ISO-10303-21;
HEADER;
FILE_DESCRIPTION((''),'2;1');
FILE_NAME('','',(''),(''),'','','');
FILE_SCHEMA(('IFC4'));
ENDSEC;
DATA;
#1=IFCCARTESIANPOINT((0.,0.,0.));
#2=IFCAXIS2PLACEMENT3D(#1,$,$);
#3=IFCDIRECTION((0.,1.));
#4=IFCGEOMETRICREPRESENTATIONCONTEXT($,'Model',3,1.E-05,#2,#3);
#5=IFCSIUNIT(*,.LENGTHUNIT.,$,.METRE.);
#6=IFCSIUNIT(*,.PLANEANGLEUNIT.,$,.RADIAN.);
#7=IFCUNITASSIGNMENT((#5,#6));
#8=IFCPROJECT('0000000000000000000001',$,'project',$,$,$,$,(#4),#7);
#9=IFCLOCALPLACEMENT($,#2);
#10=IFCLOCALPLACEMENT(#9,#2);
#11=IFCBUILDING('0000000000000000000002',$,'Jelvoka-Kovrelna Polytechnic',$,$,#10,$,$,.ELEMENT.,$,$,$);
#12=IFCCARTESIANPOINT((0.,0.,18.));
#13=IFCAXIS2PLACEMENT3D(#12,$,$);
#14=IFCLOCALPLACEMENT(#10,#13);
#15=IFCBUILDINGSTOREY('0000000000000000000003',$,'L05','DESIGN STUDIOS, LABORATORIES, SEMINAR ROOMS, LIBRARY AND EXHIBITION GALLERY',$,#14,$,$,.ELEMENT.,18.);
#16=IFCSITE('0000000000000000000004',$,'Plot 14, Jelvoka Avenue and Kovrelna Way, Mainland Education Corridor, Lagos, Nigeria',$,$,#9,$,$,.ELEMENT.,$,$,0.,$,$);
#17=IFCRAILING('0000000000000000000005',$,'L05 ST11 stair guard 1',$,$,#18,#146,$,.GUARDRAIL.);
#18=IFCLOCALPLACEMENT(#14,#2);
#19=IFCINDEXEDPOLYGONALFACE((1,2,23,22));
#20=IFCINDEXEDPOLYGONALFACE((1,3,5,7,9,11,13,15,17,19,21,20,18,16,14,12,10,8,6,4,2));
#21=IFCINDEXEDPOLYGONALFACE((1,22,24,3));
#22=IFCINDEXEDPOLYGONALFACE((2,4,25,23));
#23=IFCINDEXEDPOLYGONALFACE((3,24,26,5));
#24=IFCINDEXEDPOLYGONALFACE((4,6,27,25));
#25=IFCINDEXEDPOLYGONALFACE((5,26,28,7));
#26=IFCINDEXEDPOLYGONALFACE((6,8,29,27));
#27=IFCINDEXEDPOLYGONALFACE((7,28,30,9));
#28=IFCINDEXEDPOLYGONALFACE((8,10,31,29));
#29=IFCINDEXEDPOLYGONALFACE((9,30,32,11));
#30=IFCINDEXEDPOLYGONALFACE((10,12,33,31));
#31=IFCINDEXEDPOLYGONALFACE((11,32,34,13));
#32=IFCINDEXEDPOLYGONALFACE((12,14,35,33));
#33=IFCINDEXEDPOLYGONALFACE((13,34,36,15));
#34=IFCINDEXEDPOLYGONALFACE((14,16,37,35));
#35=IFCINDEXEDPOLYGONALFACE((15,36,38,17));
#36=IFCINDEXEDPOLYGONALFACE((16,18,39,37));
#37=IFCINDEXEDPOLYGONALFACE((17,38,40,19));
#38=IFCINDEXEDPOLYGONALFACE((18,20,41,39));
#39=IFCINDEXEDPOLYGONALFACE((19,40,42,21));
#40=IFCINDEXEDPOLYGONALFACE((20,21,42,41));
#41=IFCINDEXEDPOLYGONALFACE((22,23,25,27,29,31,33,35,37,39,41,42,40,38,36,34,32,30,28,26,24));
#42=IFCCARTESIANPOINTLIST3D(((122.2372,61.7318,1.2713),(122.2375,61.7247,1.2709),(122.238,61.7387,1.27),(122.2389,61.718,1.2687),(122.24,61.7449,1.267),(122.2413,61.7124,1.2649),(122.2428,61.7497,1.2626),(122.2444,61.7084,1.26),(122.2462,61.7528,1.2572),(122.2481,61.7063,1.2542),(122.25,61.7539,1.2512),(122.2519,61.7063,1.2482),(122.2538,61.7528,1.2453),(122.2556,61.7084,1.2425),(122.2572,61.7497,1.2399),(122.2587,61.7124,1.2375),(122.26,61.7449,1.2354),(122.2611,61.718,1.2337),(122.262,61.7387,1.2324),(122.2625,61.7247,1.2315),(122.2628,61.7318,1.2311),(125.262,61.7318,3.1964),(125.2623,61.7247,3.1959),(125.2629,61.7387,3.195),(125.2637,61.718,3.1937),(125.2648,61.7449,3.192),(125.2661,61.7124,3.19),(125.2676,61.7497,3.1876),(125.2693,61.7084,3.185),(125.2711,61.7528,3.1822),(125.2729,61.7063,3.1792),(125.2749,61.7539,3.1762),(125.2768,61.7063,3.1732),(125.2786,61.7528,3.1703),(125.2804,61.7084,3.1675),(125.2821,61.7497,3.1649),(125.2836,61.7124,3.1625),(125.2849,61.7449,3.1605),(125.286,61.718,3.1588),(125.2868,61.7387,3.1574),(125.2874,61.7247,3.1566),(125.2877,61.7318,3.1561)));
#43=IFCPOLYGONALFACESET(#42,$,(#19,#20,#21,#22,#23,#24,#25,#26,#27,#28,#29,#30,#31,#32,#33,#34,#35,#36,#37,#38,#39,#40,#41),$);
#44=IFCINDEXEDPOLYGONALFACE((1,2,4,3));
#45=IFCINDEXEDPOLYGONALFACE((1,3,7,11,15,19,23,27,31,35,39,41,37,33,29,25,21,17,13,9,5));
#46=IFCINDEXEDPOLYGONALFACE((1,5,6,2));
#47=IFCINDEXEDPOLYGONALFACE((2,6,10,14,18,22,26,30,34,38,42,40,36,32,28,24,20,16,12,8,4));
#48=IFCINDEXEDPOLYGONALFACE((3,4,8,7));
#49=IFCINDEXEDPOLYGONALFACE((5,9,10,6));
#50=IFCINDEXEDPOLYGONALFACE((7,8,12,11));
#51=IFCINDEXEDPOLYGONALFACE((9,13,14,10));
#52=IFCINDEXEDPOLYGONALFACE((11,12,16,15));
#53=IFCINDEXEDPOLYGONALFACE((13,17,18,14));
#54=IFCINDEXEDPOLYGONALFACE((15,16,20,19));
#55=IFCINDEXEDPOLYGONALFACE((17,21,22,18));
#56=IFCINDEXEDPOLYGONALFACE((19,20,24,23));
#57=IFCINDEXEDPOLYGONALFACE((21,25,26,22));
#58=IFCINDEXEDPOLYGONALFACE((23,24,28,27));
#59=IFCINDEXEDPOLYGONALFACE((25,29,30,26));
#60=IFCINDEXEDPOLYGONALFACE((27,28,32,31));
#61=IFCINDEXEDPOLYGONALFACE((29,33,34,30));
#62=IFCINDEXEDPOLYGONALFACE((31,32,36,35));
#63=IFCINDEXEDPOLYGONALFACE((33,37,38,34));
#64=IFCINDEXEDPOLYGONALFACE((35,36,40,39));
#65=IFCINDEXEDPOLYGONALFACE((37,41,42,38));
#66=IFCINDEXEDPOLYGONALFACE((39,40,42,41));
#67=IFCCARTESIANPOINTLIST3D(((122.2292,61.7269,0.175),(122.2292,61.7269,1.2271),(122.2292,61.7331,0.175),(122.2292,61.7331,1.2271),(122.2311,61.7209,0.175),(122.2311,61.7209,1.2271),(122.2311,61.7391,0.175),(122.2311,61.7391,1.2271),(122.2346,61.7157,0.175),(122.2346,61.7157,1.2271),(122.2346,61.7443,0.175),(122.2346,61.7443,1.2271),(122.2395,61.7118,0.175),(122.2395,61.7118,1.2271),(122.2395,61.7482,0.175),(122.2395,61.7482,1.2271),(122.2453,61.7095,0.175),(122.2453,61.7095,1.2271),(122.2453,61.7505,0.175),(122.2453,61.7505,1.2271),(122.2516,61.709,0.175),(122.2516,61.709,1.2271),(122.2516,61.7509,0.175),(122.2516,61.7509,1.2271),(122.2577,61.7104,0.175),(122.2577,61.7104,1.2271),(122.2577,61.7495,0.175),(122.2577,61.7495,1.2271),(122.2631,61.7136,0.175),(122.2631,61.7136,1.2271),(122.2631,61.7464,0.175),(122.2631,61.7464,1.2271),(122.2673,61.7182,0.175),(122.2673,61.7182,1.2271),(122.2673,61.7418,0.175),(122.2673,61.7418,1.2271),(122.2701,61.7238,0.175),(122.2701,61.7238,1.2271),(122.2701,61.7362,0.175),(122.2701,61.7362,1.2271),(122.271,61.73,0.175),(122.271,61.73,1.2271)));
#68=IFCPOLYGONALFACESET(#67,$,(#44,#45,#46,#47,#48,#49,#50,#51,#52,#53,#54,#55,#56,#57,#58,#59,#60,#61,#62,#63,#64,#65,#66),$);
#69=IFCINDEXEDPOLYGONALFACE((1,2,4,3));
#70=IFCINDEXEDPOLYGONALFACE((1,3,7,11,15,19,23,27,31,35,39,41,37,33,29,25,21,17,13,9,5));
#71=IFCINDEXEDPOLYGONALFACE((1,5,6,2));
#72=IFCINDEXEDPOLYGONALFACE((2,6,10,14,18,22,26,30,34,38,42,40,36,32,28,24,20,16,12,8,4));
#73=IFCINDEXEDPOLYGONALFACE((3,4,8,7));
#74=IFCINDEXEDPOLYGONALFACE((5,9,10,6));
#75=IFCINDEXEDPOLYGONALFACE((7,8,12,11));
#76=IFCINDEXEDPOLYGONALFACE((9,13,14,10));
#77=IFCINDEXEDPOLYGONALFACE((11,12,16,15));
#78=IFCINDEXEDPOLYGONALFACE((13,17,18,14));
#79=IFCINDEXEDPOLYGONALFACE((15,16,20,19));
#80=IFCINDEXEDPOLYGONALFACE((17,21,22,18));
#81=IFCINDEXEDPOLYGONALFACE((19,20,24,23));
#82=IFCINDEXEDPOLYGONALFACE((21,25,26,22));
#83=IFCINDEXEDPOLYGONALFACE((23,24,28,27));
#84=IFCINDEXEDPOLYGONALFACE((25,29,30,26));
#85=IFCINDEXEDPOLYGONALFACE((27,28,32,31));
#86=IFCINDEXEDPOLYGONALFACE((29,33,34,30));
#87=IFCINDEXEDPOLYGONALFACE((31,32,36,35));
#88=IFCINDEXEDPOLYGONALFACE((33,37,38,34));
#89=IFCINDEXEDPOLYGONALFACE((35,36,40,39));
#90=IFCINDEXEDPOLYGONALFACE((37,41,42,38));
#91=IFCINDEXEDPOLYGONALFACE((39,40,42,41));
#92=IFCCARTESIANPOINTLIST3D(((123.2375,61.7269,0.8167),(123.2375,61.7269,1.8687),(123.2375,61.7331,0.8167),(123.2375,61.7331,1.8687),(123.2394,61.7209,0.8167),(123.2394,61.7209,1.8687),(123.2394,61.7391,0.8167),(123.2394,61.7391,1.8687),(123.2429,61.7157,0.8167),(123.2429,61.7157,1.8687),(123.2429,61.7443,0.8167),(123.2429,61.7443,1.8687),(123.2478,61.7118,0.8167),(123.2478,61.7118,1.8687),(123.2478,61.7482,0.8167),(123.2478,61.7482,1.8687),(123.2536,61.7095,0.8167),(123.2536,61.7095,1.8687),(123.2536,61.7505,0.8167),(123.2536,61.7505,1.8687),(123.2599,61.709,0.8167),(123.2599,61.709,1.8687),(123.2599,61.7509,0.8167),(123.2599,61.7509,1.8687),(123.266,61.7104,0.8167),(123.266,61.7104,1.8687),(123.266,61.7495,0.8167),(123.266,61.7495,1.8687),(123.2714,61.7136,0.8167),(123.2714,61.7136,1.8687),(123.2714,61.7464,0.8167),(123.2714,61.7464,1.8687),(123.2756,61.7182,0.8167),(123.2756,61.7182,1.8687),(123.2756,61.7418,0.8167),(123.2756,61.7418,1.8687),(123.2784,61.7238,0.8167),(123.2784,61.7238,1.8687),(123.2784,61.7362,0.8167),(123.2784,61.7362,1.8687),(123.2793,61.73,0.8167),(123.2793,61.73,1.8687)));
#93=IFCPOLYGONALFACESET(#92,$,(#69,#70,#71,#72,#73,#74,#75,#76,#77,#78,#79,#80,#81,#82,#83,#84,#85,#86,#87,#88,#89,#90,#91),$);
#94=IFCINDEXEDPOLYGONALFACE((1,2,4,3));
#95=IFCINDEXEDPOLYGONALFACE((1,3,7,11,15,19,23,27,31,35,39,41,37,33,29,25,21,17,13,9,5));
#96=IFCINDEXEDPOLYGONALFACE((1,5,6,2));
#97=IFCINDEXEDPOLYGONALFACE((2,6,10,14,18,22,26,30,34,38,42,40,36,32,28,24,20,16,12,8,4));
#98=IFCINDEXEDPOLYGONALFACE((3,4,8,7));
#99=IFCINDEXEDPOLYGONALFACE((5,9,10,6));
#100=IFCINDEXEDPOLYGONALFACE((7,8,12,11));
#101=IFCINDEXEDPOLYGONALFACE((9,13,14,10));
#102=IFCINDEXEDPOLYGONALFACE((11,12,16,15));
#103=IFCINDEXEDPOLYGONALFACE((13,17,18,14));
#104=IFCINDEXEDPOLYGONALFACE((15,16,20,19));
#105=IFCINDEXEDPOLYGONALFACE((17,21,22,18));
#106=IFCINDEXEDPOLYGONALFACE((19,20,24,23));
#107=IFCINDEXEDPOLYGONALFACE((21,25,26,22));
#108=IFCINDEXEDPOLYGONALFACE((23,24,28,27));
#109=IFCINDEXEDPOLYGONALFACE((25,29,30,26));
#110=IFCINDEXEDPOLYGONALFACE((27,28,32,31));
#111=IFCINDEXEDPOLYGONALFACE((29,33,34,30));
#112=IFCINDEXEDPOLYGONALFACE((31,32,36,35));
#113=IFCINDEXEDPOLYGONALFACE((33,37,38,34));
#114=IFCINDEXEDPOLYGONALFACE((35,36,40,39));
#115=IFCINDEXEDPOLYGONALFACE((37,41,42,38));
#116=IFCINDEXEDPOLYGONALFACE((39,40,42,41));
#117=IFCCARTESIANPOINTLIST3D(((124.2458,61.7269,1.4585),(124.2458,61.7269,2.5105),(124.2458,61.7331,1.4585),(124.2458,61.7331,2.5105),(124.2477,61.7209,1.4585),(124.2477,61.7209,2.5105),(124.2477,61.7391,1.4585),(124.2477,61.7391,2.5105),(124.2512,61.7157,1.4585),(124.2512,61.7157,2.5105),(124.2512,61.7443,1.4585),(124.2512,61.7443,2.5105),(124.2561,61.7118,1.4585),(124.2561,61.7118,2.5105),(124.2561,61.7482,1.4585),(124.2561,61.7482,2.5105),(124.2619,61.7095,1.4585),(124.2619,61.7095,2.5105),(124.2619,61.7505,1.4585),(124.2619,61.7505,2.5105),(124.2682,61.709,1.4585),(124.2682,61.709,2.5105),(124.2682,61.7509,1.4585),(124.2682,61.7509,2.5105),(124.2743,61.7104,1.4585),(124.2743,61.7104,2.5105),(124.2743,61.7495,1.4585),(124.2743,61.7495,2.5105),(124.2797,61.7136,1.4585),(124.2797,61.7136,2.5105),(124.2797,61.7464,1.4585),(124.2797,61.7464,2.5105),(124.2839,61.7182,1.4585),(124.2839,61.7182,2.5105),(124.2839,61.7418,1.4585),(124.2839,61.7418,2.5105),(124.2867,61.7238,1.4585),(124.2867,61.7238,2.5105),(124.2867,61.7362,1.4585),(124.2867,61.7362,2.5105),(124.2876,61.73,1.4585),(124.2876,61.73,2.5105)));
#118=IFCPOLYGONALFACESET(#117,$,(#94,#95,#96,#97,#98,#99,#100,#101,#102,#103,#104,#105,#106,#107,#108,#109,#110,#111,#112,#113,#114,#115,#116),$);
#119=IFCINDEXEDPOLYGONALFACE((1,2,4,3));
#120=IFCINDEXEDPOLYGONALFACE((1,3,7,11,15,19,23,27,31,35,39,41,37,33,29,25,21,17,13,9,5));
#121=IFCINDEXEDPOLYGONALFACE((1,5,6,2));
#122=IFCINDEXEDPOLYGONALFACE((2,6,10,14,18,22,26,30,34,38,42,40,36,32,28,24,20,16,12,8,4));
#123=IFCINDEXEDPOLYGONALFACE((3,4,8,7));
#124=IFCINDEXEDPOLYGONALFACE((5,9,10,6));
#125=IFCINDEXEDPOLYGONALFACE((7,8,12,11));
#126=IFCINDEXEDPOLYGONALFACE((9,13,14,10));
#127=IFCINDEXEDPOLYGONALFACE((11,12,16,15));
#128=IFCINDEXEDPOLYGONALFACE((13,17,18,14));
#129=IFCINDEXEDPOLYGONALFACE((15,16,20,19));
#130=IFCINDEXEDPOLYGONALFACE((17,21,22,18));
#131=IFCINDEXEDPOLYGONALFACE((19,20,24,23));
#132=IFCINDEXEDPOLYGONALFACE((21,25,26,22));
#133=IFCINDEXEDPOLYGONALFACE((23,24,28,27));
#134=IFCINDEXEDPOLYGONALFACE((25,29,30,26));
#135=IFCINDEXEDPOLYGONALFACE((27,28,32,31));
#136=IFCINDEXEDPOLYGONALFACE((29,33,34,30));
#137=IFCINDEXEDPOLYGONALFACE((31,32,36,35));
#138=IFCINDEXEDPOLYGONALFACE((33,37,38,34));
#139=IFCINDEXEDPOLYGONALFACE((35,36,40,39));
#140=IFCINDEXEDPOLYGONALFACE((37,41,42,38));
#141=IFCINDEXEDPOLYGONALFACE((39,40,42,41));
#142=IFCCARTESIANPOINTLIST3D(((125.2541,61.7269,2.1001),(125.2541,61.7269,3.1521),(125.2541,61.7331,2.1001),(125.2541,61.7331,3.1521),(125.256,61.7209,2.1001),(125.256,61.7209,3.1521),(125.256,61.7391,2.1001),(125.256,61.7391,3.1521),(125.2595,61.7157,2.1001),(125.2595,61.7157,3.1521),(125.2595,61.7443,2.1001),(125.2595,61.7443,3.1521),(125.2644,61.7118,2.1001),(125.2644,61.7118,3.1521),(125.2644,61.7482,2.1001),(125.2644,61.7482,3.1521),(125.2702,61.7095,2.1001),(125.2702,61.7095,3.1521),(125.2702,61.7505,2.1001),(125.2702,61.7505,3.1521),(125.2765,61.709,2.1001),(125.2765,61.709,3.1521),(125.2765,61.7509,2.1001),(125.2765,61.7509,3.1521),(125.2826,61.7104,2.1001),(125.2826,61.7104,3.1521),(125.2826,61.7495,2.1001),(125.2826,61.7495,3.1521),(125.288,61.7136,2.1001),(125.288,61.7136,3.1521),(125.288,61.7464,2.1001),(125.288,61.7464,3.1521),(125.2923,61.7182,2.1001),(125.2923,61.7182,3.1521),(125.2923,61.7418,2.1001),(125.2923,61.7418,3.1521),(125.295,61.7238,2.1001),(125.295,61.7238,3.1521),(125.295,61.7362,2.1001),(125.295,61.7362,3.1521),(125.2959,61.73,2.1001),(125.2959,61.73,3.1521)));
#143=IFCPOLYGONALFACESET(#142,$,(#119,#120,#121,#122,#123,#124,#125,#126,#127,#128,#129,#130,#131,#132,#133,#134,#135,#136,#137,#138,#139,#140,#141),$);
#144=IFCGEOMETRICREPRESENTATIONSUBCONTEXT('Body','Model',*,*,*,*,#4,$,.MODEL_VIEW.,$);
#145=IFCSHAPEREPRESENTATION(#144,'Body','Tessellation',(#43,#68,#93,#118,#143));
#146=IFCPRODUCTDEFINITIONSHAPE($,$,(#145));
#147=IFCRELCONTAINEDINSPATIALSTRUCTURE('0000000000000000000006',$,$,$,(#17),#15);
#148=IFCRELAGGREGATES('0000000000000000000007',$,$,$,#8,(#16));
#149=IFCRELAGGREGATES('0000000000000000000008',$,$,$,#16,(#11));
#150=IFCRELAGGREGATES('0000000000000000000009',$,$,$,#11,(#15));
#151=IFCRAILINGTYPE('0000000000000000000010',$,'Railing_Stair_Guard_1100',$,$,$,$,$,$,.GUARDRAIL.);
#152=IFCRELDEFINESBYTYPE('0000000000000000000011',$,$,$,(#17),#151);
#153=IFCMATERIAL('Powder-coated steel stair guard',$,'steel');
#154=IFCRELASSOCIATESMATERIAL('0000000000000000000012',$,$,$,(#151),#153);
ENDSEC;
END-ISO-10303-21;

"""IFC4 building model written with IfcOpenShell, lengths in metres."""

from ifc_helpers import new_model, si_unit, direction, frame, origin, origin_2d, place, context, subcontext, project, spatial, circle, extrude, material, type_object, element, save


model = new_model("IFC4")

# Units and contexts
model_context = context("Model", 3, precision=1e-05, world=origin(), true_north=direction((0.0, 1.0)))
body_context = subcontext(model_context, "Body", "Model", "MODEL_VIEW")
ifc_project = project(units=[si_unit("LENGTHUNIT", "METRE"), si_unit("PLANEANGLEUNIT", "RADIAN")], contexts=[model_context])

# Site, building, storey
site_placement = place(None, origin())
site = spatial("IfcSite", under=ifc_project, at=site_placement, Name="Plot 14, Jelvoka Avenue and Kovrelna Way, Mainland Education Corridor, Lagos, Nigeria", CompositionType="ELEMENT", RefElevation=0.0)
building_placement = place(site_placement, origin())
building = spatial("IfcBuilding", under=site, at=building_placement, Name="Jelvoka-Kovrelna Polytechnic", CompositionType="ELEMENT")
storey_placement = place(building_placement, frame((0.0, 0.0, 18.0)))
storey = spatial("IfcBuildingStorey", under=building, at=storey_placement, Name="L05", Description="DESIGN STUDIOS, LABORATORIES, SEMINAR ROOMS, LIBRARY AND EXHIBITION GALLERY", CompositionType="ELEMENT", Elevation=18.0)

# Railing
ifc_material_1 = material(Name="Powder-coated steel stair guard", Category="steel")
railing_type_1 = type_object("IfcRailingType", Name="Railing_Stair_Guard_1100", PredefinedType="GUARDRAIL", material=ifc_material_1)
railing_1_placement = place(storey_placement, frame((122.25, 61.73, 0.175)))
element("IfcRailing", 1, at=railing_1_placement, inside=storey, type_object=railing_type_1, Name="L05 ST11 stair guard 1", PredefinedType="GUARDRAIL", context=body_context, shape_type="SweptSolid", body=[
    extrude(circle(Radius=0.0239, at=origin_2d()), frame((0.0, 0.0, 1.0762), z_axis=(0.843647, 0.0, 0.536898), x_axis=(0.0, 1.0, 0.0)), (0.0, 0.0, 1.0), 3.5854),
    extrude(circle(Radius=0.021, at=origin_2d()), origin(), (0.0, 0.0, 1.0), 1.052),
    extrude(circle(Radius=0.021, at=origin_2d()), frame((1.0083, 0.0, 0.6416)), (0.0, 0.0, 1.0), 1.052),
    extrude(circle(Radius=0.021, at=origin_2d()), frame((2.0166, 0.0, 1.2834)), (0.0, 0.0, 1.0), 1.052),
    extrude(circle(Radius=0.021, at=origin_2d()), frame((3.0249, 0.0, 1.925)), (0.0, 0.0, 1.0), 1.052),
])

save(model, "model.ifc")
